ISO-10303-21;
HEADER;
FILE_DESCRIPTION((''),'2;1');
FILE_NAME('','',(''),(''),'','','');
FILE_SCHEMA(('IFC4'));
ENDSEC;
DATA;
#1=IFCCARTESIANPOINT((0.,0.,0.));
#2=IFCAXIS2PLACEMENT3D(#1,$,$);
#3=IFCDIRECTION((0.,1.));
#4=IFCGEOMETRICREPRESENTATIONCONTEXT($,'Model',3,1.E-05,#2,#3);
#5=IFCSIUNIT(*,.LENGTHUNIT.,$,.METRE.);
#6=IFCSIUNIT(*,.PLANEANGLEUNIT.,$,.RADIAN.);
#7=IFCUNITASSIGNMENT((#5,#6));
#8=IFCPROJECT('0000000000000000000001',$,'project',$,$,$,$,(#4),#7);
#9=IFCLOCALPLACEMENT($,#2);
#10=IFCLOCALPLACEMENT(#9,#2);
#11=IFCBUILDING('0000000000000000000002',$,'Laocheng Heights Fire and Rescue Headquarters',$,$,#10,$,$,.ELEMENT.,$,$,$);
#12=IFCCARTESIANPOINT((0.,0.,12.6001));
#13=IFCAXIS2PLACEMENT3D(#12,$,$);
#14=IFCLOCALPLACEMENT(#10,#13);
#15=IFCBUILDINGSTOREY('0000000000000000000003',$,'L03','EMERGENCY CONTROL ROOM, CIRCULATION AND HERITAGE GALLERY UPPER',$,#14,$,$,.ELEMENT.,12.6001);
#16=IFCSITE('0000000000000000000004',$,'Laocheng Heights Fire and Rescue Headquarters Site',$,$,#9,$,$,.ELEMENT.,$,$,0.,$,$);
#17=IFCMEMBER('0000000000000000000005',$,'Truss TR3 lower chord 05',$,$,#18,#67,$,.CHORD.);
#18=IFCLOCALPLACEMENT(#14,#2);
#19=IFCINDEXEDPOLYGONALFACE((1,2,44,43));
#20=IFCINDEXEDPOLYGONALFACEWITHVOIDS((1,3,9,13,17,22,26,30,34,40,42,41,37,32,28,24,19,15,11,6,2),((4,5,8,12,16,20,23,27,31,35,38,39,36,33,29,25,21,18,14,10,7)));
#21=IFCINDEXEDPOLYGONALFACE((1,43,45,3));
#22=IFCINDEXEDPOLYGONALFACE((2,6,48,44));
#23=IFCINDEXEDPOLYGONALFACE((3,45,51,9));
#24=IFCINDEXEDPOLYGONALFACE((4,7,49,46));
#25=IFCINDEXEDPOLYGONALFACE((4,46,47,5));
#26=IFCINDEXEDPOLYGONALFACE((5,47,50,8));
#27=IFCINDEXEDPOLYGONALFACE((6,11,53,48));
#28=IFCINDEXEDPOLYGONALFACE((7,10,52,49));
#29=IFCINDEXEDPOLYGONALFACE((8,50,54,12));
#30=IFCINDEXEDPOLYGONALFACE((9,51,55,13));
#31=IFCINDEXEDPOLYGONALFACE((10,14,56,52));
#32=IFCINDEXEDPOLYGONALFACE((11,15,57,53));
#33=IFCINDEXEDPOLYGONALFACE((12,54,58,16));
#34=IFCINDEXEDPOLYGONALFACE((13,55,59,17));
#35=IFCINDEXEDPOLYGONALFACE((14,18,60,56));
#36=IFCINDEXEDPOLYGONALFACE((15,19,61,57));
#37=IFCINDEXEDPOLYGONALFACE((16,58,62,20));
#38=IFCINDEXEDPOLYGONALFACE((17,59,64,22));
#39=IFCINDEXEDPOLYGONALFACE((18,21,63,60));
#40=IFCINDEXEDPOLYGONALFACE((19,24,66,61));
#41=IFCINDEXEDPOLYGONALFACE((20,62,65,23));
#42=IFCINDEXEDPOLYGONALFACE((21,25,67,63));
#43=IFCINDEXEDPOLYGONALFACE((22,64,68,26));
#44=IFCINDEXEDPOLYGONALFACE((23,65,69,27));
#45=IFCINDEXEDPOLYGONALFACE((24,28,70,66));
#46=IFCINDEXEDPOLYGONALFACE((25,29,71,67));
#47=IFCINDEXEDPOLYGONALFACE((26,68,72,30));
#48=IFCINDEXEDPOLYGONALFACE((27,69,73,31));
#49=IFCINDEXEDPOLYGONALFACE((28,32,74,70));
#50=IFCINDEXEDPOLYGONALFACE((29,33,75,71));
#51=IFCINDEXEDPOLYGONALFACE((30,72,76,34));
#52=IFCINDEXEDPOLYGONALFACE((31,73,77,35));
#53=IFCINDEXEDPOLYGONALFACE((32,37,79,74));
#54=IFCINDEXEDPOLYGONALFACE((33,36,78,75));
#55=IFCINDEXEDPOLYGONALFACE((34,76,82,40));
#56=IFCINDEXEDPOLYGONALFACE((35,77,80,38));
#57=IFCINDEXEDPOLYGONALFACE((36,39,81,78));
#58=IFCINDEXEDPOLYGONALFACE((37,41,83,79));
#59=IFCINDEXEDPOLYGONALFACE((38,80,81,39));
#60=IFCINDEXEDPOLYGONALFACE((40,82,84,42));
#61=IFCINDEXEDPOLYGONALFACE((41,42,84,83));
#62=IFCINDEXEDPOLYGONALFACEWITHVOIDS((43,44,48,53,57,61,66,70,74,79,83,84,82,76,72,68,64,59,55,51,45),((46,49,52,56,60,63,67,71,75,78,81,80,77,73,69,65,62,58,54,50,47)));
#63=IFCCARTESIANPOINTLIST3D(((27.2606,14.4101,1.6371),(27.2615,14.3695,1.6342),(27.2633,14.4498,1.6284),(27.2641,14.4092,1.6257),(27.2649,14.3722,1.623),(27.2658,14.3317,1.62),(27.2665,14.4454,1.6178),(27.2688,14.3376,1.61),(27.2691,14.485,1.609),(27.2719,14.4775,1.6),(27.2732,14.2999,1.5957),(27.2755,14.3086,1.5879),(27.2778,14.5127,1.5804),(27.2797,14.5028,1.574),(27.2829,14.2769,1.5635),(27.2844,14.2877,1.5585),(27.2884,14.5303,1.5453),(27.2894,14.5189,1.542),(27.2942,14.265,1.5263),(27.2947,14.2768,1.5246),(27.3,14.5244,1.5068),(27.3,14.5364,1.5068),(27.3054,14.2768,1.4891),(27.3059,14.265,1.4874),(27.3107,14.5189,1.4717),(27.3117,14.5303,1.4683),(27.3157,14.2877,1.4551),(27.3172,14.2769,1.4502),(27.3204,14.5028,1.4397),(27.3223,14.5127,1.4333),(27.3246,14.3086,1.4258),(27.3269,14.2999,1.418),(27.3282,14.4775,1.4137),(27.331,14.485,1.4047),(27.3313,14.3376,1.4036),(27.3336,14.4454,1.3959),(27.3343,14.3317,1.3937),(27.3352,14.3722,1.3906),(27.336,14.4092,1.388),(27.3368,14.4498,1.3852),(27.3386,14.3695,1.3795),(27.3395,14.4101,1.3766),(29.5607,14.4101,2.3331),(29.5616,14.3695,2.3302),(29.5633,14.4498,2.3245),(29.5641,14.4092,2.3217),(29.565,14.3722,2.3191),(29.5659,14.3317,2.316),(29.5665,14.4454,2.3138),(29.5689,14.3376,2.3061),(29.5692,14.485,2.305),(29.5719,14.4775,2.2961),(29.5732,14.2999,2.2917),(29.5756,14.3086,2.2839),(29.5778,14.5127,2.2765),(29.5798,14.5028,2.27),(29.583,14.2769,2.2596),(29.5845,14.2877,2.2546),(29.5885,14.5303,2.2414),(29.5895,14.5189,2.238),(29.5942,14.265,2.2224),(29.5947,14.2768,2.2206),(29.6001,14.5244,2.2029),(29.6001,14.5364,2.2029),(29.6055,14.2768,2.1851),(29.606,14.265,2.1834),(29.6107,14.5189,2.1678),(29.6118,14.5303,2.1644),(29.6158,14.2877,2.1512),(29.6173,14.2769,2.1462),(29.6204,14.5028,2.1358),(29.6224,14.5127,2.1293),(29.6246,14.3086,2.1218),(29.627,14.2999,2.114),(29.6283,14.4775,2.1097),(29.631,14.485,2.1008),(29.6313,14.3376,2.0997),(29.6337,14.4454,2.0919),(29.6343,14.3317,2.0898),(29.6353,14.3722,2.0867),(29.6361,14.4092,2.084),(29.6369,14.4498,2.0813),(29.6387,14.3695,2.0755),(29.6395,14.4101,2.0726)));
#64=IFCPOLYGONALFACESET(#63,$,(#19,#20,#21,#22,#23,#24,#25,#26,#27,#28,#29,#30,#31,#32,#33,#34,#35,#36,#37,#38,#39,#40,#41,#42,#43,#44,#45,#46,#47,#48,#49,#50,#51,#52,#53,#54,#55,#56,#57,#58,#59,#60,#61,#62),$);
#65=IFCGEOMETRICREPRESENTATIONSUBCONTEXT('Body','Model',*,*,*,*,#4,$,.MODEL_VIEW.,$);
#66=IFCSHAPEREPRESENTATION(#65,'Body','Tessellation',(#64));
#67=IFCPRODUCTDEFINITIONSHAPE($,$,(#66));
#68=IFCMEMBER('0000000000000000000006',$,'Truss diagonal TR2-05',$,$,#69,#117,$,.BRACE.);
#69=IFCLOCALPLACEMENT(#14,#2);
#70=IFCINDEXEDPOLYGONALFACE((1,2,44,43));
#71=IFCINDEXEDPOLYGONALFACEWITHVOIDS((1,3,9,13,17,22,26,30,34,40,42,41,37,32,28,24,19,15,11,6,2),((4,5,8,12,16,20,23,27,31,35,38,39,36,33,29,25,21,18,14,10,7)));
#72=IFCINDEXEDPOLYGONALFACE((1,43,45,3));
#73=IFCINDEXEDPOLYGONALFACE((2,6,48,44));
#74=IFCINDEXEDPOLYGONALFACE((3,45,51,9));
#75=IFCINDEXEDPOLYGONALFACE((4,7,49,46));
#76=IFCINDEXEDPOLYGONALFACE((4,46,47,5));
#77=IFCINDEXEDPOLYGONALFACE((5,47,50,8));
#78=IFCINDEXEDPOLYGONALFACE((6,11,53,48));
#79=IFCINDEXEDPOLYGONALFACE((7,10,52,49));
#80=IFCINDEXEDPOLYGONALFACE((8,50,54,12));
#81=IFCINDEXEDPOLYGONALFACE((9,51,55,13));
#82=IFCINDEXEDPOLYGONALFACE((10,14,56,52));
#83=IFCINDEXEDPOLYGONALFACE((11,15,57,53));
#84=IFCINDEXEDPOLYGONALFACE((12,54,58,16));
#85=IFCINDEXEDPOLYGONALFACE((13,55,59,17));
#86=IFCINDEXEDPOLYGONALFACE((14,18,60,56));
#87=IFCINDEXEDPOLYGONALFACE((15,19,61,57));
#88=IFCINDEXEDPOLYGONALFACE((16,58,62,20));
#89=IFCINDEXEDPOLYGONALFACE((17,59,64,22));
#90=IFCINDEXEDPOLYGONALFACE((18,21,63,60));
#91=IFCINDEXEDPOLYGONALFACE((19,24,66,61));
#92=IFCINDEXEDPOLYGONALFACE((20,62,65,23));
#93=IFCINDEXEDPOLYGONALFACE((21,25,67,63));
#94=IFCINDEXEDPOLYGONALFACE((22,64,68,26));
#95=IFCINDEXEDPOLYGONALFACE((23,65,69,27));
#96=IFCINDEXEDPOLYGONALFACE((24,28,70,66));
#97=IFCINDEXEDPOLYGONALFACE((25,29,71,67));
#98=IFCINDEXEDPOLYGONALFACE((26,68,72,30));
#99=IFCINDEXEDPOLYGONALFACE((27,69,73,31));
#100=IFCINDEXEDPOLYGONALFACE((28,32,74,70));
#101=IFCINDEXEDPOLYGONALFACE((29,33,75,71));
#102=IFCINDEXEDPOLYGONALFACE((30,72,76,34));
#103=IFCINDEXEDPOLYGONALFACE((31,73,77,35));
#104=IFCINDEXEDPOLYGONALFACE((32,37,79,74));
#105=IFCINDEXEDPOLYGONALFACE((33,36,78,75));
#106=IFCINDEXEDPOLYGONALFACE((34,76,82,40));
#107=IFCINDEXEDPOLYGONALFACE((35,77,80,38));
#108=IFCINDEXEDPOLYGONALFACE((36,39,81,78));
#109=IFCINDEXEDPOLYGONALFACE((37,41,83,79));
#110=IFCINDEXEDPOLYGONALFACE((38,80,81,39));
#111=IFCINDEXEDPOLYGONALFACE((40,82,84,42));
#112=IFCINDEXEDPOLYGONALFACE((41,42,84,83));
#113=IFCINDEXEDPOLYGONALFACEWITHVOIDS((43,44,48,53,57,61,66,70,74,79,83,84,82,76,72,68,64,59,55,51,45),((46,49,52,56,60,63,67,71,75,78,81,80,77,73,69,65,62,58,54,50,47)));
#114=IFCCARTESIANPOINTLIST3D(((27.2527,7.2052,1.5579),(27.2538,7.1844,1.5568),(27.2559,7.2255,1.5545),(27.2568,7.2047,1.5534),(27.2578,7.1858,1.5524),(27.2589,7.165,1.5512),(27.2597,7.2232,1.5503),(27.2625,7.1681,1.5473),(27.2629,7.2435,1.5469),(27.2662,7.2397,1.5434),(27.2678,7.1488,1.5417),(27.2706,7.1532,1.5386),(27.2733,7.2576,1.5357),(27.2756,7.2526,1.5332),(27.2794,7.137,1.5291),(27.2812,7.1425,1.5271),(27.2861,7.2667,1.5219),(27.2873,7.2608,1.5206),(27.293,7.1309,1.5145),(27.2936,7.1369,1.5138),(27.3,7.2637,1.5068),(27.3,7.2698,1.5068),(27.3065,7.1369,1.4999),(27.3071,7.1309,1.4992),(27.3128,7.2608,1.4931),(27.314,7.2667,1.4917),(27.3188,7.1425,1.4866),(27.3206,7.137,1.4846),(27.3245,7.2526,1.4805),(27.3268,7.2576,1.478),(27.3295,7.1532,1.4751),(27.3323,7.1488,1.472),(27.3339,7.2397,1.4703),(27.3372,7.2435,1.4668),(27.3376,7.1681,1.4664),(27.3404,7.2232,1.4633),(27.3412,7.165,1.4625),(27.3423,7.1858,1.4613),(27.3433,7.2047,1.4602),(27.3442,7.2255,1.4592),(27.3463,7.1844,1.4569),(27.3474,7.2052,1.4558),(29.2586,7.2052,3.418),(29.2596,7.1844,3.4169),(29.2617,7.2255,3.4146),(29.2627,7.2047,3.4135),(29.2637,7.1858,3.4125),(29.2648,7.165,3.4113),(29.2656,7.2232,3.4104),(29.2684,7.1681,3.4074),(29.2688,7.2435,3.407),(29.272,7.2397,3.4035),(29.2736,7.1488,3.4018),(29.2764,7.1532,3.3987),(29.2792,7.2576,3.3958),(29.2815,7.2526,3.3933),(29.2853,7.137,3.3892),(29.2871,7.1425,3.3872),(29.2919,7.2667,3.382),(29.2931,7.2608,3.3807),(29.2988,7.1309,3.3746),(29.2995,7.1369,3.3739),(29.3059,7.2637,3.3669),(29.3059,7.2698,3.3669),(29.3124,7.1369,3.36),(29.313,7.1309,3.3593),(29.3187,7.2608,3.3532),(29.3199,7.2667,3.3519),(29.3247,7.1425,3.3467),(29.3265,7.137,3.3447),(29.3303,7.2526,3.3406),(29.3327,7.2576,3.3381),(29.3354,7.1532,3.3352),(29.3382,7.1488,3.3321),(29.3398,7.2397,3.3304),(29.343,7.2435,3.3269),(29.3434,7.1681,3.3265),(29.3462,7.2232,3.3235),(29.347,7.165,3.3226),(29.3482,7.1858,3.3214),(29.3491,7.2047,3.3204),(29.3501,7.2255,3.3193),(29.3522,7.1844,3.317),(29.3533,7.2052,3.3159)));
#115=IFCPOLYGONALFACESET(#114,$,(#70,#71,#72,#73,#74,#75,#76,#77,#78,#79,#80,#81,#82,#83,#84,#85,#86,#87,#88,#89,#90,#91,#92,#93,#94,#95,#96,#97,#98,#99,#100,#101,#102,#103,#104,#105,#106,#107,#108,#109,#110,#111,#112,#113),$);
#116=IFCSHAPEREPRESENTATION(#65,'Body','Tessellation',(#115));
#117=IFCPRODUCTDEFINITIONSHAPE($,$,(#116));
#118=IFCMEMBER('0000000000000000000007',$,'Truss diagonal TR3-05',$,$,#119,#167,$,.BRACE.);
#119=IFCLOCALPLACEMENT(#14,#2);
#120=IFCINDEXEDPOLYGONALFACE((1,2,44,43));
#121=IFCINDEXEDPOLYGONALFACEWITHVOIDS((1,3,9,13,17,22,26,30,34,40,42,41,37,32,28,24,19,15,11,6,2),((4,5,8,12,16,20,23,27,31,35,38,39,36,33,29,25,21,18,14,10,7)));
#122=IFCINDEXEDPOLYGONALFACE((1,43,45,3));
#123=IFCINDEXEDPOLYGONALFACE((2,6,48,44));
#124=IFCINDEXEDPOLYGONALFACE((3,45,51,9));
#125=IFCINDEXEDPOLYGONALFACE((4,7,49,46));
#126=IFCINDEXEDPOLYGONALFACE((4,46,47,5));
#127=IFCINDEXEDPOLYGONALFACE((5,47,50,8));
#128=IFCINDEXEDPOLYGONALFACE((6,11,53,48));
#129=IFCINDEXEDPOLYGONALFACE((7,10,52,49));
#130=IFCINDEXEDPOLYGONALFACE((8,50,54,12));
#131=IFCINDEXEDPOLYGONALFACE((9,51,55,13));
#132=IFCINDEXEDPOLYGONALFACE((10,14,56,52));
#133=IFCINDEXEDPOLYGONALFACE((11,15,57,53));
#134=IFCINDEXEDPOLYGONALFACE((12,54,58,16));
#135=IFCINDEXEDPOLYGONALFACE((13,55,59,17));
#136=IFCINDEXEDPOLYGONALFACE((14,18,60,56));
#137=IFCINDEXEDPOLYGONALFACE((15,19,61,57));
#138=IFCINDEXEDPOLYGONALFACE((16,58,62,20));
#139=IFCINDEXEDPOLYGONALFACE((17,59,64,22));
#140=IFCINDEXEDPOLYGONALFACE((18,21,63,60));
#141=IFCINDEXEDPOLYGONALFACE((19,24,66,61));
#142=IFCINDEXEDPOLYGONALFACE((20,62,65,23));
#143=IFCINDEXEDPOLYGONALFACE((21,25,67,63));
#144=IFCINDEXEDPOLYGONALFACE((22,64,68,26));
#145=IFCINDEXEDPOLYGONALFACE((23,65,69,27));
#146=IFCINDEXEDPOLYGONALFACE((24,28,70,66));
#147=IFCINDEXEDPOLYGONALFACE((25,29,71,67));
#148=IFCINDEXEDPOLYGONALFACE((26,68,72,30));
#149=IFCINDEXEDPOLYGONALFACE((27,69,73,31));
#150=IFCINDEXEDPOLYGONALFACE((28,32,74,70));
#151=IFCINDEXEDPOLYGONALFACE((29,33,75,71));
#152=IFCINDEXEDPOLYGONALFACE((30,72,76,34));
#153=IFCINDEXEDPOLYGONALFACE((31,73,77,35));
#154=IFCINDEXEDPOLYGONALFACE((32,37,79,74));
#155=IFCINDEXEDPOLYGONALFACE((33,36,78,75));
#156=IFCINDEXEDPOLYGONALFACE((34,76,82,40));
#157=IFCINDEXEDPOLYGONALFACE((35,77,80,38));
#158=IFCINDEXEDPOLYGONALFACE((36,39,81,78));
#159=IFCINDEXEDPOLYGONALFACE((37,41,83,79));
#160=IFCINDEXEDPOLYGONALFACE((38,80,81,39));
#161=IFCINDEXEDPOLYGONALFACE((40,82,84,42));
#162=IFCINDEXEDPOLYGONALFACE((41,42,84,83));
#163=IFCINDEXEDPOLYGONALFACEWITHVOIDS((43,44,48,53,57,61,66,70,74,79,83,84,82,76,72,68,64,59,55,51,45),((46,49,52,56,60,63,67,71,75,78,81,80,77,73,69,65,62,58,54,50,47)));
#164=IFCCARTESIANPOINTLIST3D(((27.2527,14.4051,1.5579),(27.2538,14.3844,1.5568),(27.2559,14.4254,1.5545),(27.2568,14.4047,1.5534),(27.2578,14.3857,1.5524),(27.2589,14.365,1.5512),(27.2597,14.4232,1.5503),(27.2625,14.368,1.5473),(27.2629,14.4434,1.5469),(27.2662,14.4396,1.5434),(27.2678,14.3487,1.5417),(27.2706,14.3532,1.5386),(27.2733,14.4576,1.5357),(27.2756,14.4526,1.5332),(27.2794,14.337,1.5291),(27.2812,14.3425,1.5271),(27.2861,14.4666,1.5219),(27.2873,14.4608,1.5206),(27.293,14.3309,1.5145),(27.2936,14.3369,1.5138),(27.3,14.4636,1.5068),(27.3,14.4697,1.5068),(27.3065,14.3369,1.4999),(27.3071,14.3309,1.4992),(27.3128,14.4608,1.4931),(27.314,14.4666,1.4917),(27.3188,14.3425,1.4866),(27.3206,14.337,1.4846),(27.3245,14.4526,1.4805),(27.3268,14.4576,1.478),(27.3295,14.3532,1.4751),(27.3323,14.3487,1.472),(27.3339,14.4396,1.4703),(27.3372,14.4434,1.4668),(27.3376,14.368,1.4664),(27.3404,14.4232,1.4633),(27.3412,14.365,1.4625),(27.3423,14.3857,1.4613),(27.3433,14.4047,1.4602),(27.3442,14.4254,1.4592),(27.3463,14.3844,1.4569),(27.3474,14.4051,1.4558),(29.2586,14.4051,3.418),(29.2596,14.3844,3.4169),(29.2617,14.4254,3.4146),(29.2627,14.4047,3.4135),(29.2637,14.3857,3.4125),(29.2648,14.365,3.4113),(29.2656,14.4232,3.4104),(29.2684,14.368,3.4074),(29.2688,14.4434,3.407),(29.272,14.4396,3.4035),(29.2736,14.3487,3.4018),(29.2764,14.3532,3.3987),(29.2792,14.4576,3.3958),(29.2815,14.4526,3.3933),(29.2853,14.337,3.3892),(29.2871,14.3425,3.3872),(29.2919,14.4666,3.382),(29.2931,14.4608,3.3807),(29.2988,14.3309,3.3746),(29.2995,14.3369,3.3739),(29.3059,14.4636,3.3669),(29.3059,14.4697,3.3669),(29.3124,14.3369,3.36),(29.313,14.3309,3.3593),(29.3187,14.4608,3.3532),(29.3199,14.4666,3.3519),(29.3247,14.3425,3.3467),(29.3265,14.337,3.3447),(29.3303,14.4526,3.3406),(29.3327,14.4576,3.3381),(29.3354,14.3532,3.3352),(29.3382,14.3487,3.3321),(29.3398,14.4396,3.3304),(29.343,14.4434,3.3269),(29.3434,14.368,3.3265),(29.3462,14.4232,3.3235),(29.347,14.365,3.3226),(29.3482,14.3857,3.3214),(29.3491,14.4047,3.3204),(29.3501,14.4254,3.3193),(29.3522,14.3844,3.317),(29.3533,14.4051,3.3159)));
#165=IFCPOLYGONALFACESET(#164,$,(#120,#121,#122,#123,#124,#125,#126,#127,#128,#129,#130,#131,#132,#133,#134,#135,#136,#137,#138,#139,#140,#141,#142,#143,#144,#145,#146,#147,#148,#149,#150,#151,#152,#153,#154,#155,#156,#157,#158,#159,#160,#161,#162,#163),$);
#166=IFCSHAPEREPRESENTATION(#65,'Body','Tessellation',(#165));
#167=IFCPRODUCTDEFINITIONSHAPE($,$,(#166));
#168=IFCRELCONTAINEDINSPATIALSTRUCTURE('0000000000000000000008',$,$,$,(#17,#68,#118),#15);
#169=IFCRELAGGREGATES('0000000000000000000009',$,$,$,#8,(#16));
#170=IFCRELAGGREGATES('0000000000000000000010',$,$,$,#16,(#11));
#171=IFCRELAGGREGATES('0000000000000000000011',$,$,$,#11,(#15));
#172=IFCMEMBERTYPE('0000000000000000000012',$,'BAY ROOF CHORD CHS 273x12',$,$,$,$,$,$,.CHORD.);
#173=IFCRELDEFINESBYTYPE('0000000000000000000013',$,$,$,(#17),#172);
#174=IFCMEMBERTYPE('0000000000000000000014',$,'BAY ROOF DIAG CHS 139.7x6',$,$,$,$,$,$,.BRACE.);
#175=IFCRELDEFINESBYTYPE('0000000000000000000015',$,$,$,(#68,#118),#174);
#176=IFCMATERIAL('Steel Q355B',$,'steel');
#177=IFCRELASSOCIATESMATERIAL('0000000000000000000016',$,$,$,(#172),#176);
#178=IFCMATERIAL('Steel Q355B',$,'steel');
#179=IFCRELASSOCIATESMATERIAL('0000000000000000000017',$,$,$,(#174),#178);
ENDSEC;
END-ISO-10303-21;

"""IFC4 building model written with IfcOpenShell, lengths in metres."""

from ifc_helpers import new_model, si_unit, direction, frame, origin, origin_2d, place, context, subcontext, project, spatial, hollow_circle, extrude, material, material_profile, profile_set, type_object, element, save


model = new_model("IFC4")

# Units and contexts
model_context = context("Model", 3, precision=1e-05, world=origin(), true_north=direction((0.0, 1.0)))
body_context = subcontext(model_context, "Body", "Model", "MODEL_VIEW")
ifc_project = project(units=[si_unit("LENGTHUNIT", "METRE"), si_unit("PLANEANGLEUNIT", "RADIAN")], contexts=[model_context])

# Site, building, storey
site_placement = place(None, origin())
site = spatial("IfcSite", under=ifc_project, at=site_placement, Name="Laocheng Heights Fire and Rescue Headquarters Site", CompositionType="ELEMENT", RefElevation=0.0)
building_placement = place(site_placement, origin())
building = spatial("IfcBuilding", under=site, at=building_placement, Name="Laocheng Heights Fire and Rescue Headquarters", CompositionType="ELEMENT")
storey_placement = place(building_placement, frame((0.0, 0.0, 12.6001)))
storey = spatial("IfcBuildingStorey", under=building, at=storey_placement, Name="L03", Description="EMERGENCY CONTROL ROOM, CIRCULATION AND HERITAGE GALLERY UPPER", CompositionType="ELEMENT", Elevation=12.6001)

# Members
ifc_material_1 = material(Name="Steel Q355B", Category="steel")
ifc_material_profile_1 = material_profile(ifc_material_1, hollow_circle(Radius=0.1365, WallThickness=0.012, at=origin_2d()), Name="CHS 273x12")
ifc_profile_set_1 = profile_set([ifc_material_profile_1], Name="Steel Q355B")
member_type_1 = type_object("IfcMemberType", Name="BAY ROOF CHORD CHS 273x12", PredefinedType="CHORD", material=ifc_profile_set_1)
member_1_placement = place(storey_placement, frame((27.3, 14.3999, 1.5068), z_axis=(0.957133, 0.0, 0.289649), x_axis=(0.0, 1.0, 0.0)))
element("IfcMember", 1, at=member_1_placement, inside=storey, type_object=member_type_1, Name="Truss TR3 lower chord 05", PredefinedType="CHORD", context=body_context, shape_type="SweptSolid", body=[
    extrude(hollow_circle(Radius=0.1365, WallThickness=0.012, at=origin_2d()), origin(), (0.0, 0.0, 1.0), 2.4031),
])
ifc_material_2 = material(Name="Steel Q355B", Category="steel")
ifc_material_profile_2 = material_profile(ifc_material_2, hollow_circle(Radius=0.0698, WallThickness=0.0061, at=origin_2d()), Name="CHS 139.7x6")
ifc_profile_set_2 = profile_set([ifc_material_profile_2], Name="Steel Q355B")
member_type_2 = type_object("IfcMemberType", Name="BAY ROOF DIAG CHS 139.7x6", PredefinedType="BRACE", material=ifc_profile_set_2)
for number, where, z_axis, x_axis, name in (
    (2, (27.3, 7.2, 1.5068), (0.733245, 0.0, 0.679965), (0.0, 1.0, 0.0), "Truss diagonal TR2-05"),
    (3, (27.3, 14.3999, 1.5068), (0.733245, 0.0, 0.679965), (0.0, 1.0, 0.0), "Truss diagonal TR3-05"),
):
    element("IfcMember", number, at=place(storey_placement, frame(where, z_axis=z_axis, x_axis=x_axis)), inside=storey, type_object=member_type_2, Name=name, PredefinedType="BRACE", context=body_context, shape_type="SweptSolid", body=[
        extrude(hollow_circle(Radius=0.0698, WallThickness=0.0061, at=origin_2d()), origin(), (0.0, 0.0, 1.0), 2.7356),
    ])

save(model, "model.ifc")
